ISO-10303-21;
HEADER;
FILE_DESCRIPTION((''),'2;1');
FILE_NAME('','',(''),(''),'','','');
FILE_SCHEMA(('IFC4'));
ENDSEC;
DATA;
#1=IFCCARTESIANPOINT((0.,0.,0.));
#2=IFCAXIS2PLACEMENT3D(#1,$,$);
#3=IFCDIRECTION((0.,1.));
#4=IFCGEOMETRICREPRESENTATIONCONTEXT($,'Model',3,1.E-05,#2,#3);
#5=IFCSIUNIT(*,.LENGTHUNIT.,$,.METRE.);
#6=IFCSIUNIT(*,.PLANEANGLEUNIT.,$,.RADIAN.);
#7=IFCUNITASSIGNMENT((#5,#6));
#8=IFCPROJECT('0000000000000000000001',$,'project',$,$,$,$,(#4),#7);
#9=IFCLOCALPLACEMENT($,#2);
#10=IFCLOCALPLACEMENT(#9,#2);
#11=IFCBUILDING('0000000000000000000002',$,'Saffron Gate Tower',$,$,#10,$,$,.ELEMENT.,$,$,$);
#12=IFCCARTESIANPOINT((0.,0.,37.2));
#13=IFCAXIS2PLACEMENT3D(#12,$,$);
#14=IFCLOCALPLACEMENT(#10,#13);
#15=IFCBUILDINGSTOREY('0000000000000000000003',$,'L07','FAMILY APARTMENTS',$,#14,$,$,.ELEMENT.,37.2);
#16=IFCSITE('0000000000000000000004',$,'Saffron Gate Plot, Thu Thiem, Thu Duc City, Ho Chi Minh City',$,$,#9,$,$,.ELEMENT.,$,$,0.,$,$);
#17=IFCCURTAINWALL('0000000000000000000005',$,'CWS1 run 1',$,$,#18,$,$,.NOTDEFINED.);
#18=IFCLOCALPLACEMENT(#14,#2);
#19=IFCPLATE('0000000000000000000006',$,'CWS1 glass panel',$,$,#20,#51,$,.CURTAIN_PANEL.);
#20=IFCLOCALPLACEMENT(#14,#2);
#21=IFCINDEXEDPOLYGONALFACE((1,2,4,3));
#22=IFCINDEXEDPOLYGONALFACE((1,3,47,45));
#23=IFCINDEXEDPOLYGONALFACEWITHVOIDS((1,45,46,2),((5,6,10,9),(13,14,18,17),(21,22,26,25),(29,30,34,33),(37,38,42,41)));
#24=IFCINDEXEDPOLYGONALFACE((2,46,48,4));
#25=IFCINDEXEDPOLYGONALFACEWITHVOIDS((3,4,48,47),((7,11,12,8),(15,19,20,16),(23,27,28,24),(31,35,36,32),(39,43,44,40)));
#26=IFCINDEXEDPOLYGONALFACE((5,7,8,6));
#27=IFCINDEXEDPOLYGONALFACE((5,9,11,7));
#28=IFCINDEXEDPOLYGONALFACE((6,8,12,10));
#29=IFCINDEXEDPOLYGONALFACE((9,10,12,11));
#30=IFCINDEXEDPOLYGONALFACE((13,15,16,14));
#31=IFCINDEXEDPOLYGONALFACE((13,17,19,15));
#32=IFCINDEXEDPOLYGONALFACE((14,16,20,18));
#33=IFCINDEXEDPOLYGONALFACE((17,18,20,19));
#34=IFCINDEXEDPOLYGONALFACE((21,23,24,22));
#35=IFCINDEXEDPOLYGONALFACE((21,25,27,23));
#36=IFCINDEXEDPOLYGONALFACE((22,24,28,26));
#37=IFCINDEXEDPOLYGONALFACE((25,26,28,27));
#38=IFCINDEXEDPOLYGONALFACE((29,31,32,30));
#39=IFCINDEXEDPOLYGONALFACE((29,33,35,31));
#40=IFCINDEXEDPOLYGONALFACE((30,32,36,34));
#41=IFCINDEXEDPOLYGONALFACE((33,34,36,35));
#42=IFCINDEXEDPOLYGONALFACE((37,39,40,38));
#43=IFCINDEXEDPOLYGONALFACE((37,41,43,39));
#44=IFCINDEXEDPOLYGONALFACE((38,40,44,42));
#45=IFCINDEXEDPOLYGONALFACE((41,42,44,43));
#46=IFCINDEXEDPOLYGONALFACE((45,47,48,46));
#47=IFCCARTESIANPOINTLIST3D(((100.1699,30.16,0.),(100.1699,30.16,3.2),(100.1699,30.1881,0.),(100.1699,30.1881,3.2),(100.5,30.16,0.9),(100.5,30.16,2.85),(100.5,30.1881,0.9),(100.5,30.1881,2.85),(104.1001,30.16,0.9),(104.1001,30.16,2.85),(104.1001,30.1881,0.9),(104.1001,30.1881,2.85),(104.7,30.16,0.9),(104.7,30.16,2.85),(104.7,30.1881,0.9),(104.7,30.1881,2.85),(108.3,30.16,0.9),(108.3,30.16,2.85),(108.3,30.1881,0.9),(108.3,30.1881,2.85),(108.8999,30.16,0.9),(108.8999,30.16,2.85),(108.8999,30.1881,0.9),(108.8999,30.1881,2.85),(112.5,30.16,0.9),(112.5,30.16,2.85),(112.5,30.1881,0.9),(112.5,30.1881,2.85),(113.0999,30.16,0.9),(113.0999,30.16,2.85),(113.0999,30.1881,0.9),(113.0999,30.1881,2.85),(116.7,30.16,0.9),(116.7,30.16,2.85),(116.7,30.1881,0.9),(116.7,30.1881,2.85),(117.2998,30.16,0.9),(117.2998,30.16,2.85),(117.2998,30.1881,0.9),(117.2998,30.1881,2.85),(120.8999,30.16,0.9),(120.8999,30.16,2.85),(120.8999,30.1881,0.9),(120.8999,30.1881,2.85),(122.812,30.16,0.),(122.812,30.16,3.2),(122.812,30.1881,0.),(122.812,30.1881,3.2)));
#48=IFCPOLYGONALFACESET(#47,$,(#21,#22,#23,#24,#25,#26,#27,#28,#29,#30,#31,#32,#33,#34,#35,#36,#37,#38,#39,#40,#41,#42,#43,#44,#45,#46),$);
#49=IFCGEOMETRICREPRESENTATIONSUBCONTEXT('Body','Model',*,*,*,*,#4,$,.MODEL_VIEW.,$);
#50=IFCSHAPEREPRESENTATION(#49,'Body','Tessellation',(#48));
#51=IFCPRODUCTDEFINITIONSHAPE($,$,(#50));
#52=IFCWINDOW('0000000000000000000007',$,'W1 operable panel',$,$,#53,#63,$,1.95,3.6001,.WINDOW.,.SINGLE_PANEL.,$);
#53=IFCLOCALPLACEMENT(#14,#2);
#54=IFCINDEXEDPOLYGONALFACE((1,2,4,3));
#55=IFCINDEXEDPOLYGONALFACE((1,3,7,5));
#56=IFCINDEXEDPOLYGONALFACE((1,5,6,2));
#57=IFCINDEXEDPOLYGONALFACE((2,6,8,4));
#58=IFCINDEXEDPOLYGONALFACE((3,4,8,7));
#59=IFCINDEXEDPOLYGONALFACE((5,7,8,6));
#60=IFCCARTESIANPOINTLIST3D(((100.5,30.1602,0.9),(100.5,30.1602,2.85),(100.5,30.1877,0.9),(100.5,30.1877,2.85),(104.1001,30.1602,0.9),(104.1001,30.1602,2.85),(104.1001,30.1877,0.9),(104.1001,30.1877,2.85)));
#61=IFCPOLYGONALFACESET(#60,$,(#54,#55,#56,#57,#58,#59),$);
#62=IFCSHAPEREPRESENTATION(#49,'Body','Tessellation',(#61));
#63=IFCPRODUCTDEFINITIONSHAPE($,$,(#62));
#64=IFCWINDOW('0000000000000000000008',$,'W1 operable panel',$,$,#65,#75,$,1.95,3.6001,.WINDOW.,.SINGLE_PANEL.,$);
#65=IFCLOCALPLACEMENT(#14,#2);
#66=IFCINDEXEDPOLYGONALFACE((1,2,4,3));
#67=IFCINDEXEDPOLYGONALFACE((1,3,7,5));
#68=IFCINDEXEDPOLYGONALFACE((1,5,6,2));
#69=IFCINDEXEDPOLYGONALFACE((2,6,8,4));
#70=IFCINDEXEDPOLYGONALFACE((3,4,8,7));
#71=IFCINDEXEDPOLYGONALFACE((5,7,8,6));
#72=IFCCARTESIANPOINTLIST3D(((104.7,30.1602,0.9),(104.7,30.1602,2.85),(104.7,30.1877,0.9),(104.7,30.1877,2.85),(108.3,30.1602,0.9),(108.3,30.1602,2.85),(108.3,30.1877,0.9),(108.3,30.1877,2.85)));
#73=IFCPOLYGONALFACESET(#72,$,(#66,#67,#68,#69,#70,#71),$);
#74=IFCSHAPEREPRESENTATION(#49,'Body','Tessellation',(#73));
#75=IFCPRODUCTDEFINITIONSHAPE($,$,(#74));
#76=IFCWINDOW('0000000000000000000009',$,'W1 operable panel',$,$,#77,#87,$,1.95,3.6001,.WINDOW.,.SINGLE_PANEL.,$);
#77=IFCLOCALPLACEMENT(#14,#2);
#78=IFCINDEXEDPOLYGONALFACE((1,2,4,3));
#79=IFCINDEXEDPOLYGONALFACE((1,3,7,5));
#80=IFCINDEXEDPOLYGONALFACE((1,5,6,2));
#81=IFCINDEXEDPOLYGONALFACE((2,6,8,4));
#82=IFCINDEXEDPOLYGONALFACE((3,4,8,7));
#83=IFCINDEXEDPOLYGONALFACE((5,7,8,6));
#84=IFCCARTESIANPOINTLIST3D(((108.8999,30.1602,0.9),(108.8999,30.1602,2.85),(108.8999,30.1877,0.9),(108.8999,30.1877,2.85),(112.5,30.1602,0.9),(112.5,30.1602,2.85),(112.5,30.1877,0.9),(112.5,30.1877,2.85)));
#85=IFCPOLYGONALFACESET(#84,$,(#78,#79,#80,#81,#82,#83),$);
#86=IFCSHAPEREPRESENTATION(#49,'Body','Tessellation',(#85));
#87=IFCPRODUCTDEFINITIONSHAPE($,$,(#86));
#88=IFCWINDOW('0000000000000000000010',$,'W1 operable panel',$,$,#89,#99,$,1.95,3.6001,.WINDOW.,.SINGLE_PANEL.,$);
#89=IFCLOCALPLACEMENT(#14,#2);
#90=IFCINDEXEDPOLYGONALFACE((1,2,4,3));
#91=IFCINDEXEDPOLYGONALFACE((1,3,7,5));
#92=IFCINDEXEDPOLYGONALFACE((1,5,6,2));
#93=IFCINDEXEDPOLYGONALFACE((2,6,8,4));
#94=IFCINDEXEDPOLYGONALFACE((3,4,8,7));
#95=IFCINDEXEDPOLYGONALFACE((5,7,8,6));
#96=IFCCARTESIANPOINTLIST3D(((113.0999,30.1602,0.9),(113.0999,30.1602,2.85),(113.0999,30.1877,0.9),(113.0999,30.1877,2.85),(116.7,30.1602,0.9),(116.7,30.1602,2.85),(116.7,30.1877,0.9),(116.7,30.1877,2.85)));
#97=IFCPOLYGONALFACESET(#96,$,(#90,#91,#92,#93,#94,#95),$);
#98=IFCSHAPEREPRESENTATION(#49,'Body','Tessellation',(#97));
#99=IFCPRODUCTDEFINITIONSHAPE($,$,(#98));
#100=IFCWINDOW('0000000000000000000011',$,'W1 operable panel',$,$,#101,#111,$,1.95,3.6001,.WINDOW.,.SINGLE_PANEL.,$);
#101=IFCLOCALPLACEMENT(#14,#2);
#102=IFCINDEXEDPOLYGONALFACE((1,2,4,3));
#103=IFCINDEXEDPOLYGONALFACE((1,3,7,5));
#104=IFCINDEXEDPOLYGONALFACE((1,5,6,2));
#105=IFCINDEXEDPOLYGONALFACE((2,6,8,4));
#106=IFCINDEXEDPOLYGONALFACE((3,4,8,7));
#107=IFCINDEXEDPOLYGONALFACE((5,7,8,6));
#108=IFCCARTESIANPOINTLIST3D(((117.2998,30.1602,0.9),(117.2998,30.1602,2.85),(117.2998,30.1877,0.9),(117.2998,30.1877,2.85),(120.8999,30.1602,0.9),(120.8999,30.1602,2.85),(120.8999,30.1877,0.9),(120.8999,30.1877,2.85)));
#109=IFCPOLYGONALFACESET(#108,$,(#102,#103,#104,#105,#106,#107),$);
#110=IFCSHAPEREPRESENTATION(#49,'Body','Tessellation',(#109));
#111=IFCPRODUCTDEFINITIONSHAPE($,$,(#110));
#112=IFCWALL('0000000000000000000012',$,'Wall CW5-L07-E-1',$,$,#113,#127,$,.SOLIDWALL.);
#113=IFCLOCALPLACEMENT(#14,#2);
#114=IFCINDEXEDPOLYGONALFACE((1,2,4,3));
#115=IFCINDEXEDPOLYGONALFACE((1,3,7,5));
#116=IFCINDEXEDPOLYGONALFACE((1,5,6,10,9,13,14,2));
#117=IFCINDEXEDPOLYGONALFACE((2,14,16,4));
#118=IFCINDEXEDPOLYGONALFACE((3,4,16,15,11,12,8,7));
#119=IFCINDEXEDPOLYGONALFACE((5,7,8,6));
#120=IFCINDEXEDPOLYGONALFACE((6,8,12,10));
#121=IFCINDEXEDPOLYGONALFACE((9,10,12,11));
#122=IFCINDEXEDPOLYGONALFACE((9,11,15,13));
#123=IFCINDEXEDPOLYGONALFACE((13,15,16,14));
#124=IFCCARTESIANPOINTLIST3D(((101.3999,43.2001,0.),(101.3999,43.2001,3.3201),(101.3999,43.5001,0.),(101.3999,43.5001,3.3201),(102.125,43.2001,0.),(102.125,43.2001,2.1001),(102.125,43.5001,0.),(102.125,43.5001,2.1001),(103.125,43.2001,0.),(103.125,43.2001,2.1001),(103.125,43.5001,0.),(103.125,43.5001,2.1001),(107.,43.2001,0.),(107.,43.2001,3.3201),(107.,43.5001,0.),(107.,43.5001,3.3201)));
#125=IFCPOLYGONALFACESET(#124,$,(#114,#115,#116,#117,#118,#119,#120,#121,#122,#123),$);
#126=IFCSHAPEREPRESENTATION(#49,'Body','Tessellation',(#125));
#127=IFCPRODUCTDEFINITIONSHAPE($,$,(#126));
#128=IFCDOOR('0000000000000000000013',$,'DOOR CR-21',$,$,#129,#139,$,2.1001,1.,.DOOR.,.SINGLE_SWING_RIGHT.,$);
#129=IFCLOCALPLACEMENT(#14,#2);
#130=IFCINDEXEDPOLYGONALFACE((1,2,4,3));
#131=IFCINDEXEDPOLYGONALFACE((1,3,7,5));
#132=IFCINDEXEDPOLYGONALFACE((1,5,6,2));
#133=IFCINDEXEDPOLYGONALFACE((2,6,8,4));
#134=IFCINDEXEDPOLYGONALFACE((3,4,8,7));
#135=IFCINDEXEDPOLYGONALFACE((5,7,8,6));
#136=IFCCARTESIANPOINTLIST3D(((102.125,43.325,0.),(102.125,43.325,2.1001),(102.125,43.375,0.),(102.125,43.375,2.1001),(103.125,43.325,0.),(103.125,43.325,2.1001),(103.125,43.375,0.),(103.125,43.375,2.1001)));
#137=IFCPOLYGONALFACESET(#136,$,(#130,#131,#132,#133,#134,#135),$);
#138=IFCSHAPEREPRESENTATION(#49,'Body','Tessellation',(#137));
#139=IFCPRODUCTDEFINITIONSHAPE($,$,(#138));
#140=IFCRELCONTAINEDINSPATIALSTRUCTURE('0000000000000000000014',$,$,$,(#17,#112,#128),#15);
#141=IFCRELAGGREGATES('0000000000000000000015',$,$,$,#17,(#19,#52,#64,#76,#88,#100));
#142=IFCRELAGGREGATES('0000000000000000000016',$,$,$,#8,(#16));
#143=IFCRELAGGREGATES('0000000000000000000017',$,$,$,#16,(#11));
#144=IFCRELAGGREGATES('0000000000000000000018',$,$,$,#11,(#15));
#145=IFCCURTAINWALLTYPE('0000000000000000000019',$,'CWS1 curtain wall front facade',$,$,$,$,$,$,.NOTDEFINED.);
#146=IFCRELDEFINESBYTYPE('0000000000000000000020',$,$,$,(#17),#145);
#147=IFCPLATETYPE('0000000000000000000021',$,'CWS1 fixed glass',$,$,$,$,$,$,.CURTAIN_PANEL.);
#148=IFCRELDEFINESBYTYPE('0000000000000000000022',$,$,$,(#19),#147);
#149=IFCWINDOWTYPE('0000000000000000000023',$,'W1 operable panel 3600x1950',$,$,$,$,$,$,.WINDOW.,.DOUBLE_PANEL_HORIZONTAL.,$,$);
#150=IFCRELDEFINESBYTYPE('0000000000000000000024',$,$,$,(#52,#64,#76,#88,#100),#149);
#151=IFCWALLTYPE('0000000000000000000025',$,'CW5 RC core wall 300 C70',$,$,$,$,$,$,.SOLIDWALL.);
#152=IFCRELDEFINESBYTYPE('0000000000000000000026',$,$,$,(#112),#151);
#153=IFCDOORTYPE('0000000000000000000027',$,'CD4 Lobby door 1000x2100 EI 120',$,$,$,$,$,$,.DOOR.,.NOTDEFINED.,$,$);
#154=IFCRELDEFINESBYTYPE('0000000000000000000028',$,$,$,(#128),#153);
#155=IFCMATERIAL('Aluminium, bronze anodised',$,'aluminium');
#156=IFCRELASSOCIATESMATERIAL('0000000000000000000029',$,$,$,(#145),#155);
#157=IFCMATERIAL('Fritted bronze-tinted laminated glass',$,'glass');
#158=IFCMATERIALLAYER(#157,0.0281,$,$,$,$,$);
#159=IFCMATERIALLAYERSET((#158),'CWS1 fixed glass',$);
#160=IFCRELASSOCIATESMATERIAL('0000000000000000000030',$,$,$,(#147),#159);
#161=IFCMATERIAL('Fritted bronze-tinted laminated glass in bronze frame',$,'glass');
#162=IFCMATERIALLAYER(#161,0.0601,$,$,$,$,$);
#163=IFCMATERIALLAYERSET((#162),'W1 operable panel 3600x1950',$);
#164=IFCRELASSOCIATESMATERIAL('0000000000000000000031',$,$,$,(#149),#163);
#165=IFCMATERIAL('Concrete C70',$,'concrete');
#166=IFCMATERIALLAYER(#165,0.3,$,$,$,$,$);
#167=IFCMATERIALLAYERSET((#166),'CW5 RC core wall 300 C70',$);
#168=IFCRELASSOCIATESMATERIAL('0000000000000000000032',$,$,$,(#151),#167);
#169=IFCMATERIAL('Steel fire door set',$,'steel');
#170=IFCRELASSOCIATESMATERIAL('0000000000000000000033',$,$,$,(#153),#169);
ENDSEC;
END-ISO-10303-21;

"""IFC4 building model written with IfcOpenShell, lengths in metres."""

from ifc_helpers import new_model, si_unit, direction, frame, frame_2d, origin, place, context, subcontext, project, spatial, rectangle, extrude, material, layer, layer_set, type_object, element, fill, aggregate, save


model = new_model("IFC4")

# Units and contexts
model_context = context("Model", 3, precision=1e-05, world=origin(), true_north=direction((0.0, 1.0)))
body_context = subcontext(model_context, "Body", "Model", "MODEL_VIEW")
ifc_project = project(units=[si_unit("LENGTHUNIT", "METRE"), si_unit("PLANEANGLEUNIT", "RADIAN")], contexts=[model_context])

# Site, building, storey
site_placement = place(None, origin())
site = spatial("IfcSite", under=ifc_project, at=site_placement, Name="Saffron Gate Plot, Thu Thiem, Thu Duc City, Ho Chi Minh City", CompositionType="ELEMENT", RefElevation=0.0)
building_placement = place(site_placement, origin())
building = spatial("IfcBuilding", under=site, at=building_placement, Name="Saffron Gate Tower", CompositionType="ELEMENT")
storey_placement = place(building_placement, frame((0.0, 0.0, 37.2)))
storey = spatial("IfcBuildingStorey", under=building, at=storey_placement, Name="L07", Description="FAMILY APARTMENTS", CompositionType="ELEMENT", Elevation=37.2)

# Curtain wall, plate, openings, windows
ifc_material_1 = material(Name="Aluminium, bronze anodised", Category="aluminium")
curtain_wall_type = type_object("IfcCurtainWallType", Name="CWS1 curtain wall front facade", PredefinedType="NOTDEFINED", material=ifc_material_1)
curtain_wall_placement = place(storey_placement, origin())
curtain_wall = element("IfcCurtainWall", 1, at=curtain_wall_placement, inside=storey, type_object=curtain_wall_type, Name="CWS1 run 1", PredefinedType="NOTDEFINED")
ifc_material_2 = material(Name="Fritted bronze-tinted laminated glass", Category="glass")
ifc_layer_1 = layer(ifc_material_2, 0.0281)
ifc_layer_set_1 = layer_set([ifc_layer_1], Name="CWS1 fixed glass")
plate_type = type_object("IfcPlateType", Name="CWS1 fixed glass", PredefinedType="CURTAIN_PANEL", material=ifc_layer_set_1)
plate_placement = place(storey_placement, frame((100.1699, 30.1741, 0.0), z_axis=(0.0, 0.0, 1.0), x_axis=(1.0, 0.0, 0.0)))
plate = element("IfcPlate", 2, at=plate_placement, type_object=plate_type, Name="CWS1 glass panel", PredefinedType="CURTAIN_PANEL", context=body_context, shape_type="SweptSolid", body=[
    extrude(rectangle(XDim=22.6421, YDim=0.0281, at=frame_2d((11.321, 0.0))), origin(), (0.0, 0.0, 1.0), 3.2),
])
opening_1_placement = place(plate_placement, frame((0.3301, 0.0, 0.8999)))
opening_1 = element("IfcOpeningElement", 3, at=opening_1_placement, cuts=plate, PredefinedType="OPENING", context=body_context, shape_type="SweptSolid", body=[
    extrude(rectangle(XDim=3.6001, YDim=1.95, at=frame_2d((1.8, 0.9751))), frame((0.0, 0.0239, 0.0), z_axis=(0.0, -1.0, 0.0), x_axis=(1.0, 0.0, 0.0)), (0.0, 0.0, 1.0), 0.0481),
])
opening_2_placement = place(plate_placement, frame((4.53, 0.0, 0.8999)))
opening_2 = element("IfcOpeningElement", 4, at=opening_2_placement, cuts=plate, PredefinedType="OPENING", context=body_context, shape_type="SweptSolid", body=[
    extrude(rectangle(XDim=3.6001, YDim=1.95, at=frame_2d((1.8, 0.9751))), frame((0.0, 0.0239, 0.0), z_axis=(0.0, -1.0, 0.0), x_axis=(1.0, 0.0, 0.0)), (0.0, 0.0, 1.0), 0.0481),
])
opening_3_placement = place(plate_placement, frame((8.73, 0.0, 0.8999)))
opening_3 = element("IfcOpeningElement", 5, at=opening_3_placement, cuts=plate, PredefinedType="OPENING", context=body_context, shape_type="SweptSolid", body=[
    extrude(rectangle(XDim=3.6001, YDim=1.95, at=frame_2d((1.8, 0.9751))), frame((0.0, 0.0239, 0.0), z_axis=(0.0, -1.0, 0.0), x_axis=(1.0, 0.0, 0.0)), (0.0, 0.0, 1.0), 0.0481),
])
opening_4_placement = place(plate_placement, frame((12.9299, 0.0, 0.8999)))
opening_4 = element("IfcOpeningElement", 6, at=opening_4_placement, cuts=plate, PredefinedType="OPENING", context=body_context, shape_type="SweptSolid", body=[
    extrude(rectangle(XDim=3.6001, YDim=1.95, at=frame_2d((1.8, 0.9751))), frame((0.0, 0.0239, 0.0), z_axis=(0.0, -1.0, 0.0), x_axis=(1.0, 0.0, 0.0)), (0.0, 0.0, 1.0), 0.0481),
])
opening_5_placement = place(plate_placement, frame((17.1299, 0.0, 0.8999)))
opening_5 = element("IfcOpeningElement", 7, at=opening_5_placement, cuts=plate, PredefinedType="OPENING", context=body_context, shape_type="SweptSolid", body=[
    extrude(rectangle(XDim=3.6001, YDim=1.95, at=frame_2d((1.8, 0.9751))), frame((0.0, 0.0239, 0.0), z_axis=(0.0, -1.0, 0.0), x_axis=(1.0, 0.0, 0.0)), (0.0, 0.0, 1.0), 0.0481),
])
ifc_material_3 = material(Name="Fritted bronze-tinted laminated glass in bronze frame", Category="glass")
ifc_layer_2 = layer(ifc_material_3, 0.0601)
ifc_layer_set_2 = layer_set([ifc_layer_2], Name="W1 operable panel 3600x1950")
window_type = type_object("IfcWindowType", Name="W1 operable panel 3600x1950", PartitioningType="DOUBLE_PANEL_HORIZONTAL", PredefinedType="WINDOW", material=ifc_layer_set_2)
window_1_placement = place(opening_1_placement, origin())
window_1 = element("IfcWindow", 8, at=window_1_placement, type_object=window_type, Name="W1 operable panel", OverallHeight=1.95, OverallWidth=3.6001, PartitioningType="SINGLE_PANEL", PredefinedType="WINDOW", context=body_context, shape_type="SweptSolid", body=[
    extrude(rectangle(XDim=3.6001, YDim=1.95, at=frame_2d((1.8, 0.9751))), frame((0.0, 0.0137, 0.0), z_axis=(0.0, -1.0, 0.0), x_axis=(1.0, 0.0, 0.0)), (0.0, 0.0, 1.0), 0.0276),
])
fill(opening_1, window_1)
window_2_placement = place(opening_2_placement, origin())
window_2 = element("IfcWindow", 9, at=window_2_placement, type_object=window_type, Name="W1 operable panel", OverallHeight=1.95, OverallWidth=3.6001, PartitioningType="SINGLE_PANEL", PredefinedType="WINDOW", context=body_context, shape_type="SweptSolid", body=[
    extrude(rectangle(XDim=3.6001, YDim=1.95, at=frame_2d((1.8, 0.9751))), frame((0.0, 0.0137, 0.0), z_axis=(0.0, -1.0, 0.0), x_axis=(1.0, 0.0, 0.0)), (0.0, 0.0, 1.0), 0.0276),
])
fill(opening_2, window_2)
window_3_placement = place(opening_3_placement, origin())
window_3 = element("IfcWindow", 10, at=window_3_placement, type_object=window_type, Name="W1 operable panel", OverallHeight=1.95, OverallWidth=3.6001, PartitioningType="SINGLE_PANEL", PredefinedType="WINDOW", context=body_context, shape_type="SweptSolid", body=[
    extrude(rectangle(XDim=3.6001, YDim=1.95, at=frame_2d((1.8, 0.9751))), frame((0.0, 0.0137, 0.0), z_axis=(0.0, -1.0, 0.0), x_axis=(1.0, 0.0, 0.0)), (0.0, 0.0, 1.0), 0.0276),
])
fill(opening_3, window_3)
window_4_placement = place(opening_4_placement, origin())
window_4 = element("IfcWindow", 11, at=window_4_placement, type_object=window_type, Name="W1 operable panel", OverallHeight=1.95, OverallWidth=3.6001, PartitioningType="SINGLE_PANEL", PredefinedType="WINDOW", context=body_context, shape_type="SweptSolid", body=[
    extrude(rectangle(XDim=3.6001, YDim=1.95, at=frame_2d((1.8, 0.9751))), frame((0.0, 0.0137, 0.0), z_axis=(0.0, -1.0, 0.0), x_axis=(1.0, 0.0, 0.0)), (0.0, 0.0, 1.0), 0.0276),
])
fill(opening_4, window_4)
window_5_placement = place(opening_5_placement, origin())
window_5 = element("IfcWindow", 12, at=window_5_placement, type_object=window_type, Name="W1 operable panel", OverallHeight=1.95, OverallWidth=3.6001, PartitioningType="SINGLE_PANEL", PredefinedType="WINDOW", context=body_context, shape_type="SweptSolid", body=[
    extrude(rectangle(XDim=3.6001, YDim=1.95, at=frame_2d((1.8, 0.9751))), frame((0.0, 0.0137, 0.0), z_axis=(0.0, -1.0, 0.0), x_axis=(1.0, 0.0, 0.0)), (0.0, 0.0, 1.0), 0.0276),
])
fill(opening_5, window_5)
aggregate(curtain_wall, [plate, window_1, window_2, window_3, window_4, window_5])

# Wall, opening, door
ifc_material_4 = material(Name="Concrete C70", Category="concrete")
ifc_layer_3 = layer(ifc_material_4, 0.3)
ifc_layer_set_3 = layer_set([ifc_layer_3], Name="CW5 RC core wall 300 C70")
wall_type_1 = type_object("IfcWallType", Name="CW5 RC core wall 300 C70", PredefinedType="SOLIDWALL", material=ifc_layer_set_3)
wall_1_placement = place(storey_placement, frame((101.3999, 43.3501, 0.0), z_axis=(0.0, 0.0, 1.0), x_axis=(1.0, 0.0, 0.0)))
wall_1 = element("IfcWall", 13, at=wall_1_placement, inside=storey, type_object=wall_type_1, Name="Wall CW5-L07-E-1", PredefinedType="SOLIDWALL", context=body_context, shape_type="SweptSolid", body=[
    extrude(rectangle(XDim=5.6001, YDim=0.3, at=frame_2d((2.8, 0.0))), origin(), (0.0, 0.0, 1.0), 3.3201),
])
opening_6_placement = place(wall_1_placement, frame((0.7251, 0.0, 0.0)))
opening_6 = element("IfcOpeningElement", 14, at=opening_6_placement, cuts=wall_1, PredefinedType="OPENING", context=body_context, shape_type="SweptSolid", body=[
    extrude(rectangle(XDim=1.0, YDim=2.1001, at=frame_2d((0.5, 1.05))), frame((0.0, 0.1602, 0.0), z_axis=(0.0, -1.0, 0.0), x_axis=(1.0, 0.0, 0.0)), (0.0, 0.0, 1.0), 0.3201),
])
ifc_material_5 = material(Name="Steel fire door set", Category="steel")
door_type_1 = type_object("IfcDoorType", Name="CD4 Lobby door 1000x2100 EI 120", OperationType="NOTDEFINED", PredefinedType="DOOR", material=ifc_material_5)
door_1_placement = place(opening_6_placement, origin())
door_1 = element("IfcDoor", 15, at=door_1_placement, inside=storey, type_object=door_type_1, Name="DOOR CR-21", OperationType="SINGLE_SWING_RIGHT", OverallHeight=2.1001, OverallWidth=1.0, PredefinedType="DOOR", context=body_context, shape_type="SweptSolid", body=[
    extrude(rectangle(XDim=1.0, YDim=2.1001, at=frame_2d((0.5, 1.05))), frame((0.0, 0.0249, 0.0), z_axis=(0.0, -1.0, 0.0), x_axis=(1.0, 0.0, 0.0)), (0.0, 0.0, 1.0), 0.05),
])
fill(opening_6, door_1)

save(model, "model.ifc")
